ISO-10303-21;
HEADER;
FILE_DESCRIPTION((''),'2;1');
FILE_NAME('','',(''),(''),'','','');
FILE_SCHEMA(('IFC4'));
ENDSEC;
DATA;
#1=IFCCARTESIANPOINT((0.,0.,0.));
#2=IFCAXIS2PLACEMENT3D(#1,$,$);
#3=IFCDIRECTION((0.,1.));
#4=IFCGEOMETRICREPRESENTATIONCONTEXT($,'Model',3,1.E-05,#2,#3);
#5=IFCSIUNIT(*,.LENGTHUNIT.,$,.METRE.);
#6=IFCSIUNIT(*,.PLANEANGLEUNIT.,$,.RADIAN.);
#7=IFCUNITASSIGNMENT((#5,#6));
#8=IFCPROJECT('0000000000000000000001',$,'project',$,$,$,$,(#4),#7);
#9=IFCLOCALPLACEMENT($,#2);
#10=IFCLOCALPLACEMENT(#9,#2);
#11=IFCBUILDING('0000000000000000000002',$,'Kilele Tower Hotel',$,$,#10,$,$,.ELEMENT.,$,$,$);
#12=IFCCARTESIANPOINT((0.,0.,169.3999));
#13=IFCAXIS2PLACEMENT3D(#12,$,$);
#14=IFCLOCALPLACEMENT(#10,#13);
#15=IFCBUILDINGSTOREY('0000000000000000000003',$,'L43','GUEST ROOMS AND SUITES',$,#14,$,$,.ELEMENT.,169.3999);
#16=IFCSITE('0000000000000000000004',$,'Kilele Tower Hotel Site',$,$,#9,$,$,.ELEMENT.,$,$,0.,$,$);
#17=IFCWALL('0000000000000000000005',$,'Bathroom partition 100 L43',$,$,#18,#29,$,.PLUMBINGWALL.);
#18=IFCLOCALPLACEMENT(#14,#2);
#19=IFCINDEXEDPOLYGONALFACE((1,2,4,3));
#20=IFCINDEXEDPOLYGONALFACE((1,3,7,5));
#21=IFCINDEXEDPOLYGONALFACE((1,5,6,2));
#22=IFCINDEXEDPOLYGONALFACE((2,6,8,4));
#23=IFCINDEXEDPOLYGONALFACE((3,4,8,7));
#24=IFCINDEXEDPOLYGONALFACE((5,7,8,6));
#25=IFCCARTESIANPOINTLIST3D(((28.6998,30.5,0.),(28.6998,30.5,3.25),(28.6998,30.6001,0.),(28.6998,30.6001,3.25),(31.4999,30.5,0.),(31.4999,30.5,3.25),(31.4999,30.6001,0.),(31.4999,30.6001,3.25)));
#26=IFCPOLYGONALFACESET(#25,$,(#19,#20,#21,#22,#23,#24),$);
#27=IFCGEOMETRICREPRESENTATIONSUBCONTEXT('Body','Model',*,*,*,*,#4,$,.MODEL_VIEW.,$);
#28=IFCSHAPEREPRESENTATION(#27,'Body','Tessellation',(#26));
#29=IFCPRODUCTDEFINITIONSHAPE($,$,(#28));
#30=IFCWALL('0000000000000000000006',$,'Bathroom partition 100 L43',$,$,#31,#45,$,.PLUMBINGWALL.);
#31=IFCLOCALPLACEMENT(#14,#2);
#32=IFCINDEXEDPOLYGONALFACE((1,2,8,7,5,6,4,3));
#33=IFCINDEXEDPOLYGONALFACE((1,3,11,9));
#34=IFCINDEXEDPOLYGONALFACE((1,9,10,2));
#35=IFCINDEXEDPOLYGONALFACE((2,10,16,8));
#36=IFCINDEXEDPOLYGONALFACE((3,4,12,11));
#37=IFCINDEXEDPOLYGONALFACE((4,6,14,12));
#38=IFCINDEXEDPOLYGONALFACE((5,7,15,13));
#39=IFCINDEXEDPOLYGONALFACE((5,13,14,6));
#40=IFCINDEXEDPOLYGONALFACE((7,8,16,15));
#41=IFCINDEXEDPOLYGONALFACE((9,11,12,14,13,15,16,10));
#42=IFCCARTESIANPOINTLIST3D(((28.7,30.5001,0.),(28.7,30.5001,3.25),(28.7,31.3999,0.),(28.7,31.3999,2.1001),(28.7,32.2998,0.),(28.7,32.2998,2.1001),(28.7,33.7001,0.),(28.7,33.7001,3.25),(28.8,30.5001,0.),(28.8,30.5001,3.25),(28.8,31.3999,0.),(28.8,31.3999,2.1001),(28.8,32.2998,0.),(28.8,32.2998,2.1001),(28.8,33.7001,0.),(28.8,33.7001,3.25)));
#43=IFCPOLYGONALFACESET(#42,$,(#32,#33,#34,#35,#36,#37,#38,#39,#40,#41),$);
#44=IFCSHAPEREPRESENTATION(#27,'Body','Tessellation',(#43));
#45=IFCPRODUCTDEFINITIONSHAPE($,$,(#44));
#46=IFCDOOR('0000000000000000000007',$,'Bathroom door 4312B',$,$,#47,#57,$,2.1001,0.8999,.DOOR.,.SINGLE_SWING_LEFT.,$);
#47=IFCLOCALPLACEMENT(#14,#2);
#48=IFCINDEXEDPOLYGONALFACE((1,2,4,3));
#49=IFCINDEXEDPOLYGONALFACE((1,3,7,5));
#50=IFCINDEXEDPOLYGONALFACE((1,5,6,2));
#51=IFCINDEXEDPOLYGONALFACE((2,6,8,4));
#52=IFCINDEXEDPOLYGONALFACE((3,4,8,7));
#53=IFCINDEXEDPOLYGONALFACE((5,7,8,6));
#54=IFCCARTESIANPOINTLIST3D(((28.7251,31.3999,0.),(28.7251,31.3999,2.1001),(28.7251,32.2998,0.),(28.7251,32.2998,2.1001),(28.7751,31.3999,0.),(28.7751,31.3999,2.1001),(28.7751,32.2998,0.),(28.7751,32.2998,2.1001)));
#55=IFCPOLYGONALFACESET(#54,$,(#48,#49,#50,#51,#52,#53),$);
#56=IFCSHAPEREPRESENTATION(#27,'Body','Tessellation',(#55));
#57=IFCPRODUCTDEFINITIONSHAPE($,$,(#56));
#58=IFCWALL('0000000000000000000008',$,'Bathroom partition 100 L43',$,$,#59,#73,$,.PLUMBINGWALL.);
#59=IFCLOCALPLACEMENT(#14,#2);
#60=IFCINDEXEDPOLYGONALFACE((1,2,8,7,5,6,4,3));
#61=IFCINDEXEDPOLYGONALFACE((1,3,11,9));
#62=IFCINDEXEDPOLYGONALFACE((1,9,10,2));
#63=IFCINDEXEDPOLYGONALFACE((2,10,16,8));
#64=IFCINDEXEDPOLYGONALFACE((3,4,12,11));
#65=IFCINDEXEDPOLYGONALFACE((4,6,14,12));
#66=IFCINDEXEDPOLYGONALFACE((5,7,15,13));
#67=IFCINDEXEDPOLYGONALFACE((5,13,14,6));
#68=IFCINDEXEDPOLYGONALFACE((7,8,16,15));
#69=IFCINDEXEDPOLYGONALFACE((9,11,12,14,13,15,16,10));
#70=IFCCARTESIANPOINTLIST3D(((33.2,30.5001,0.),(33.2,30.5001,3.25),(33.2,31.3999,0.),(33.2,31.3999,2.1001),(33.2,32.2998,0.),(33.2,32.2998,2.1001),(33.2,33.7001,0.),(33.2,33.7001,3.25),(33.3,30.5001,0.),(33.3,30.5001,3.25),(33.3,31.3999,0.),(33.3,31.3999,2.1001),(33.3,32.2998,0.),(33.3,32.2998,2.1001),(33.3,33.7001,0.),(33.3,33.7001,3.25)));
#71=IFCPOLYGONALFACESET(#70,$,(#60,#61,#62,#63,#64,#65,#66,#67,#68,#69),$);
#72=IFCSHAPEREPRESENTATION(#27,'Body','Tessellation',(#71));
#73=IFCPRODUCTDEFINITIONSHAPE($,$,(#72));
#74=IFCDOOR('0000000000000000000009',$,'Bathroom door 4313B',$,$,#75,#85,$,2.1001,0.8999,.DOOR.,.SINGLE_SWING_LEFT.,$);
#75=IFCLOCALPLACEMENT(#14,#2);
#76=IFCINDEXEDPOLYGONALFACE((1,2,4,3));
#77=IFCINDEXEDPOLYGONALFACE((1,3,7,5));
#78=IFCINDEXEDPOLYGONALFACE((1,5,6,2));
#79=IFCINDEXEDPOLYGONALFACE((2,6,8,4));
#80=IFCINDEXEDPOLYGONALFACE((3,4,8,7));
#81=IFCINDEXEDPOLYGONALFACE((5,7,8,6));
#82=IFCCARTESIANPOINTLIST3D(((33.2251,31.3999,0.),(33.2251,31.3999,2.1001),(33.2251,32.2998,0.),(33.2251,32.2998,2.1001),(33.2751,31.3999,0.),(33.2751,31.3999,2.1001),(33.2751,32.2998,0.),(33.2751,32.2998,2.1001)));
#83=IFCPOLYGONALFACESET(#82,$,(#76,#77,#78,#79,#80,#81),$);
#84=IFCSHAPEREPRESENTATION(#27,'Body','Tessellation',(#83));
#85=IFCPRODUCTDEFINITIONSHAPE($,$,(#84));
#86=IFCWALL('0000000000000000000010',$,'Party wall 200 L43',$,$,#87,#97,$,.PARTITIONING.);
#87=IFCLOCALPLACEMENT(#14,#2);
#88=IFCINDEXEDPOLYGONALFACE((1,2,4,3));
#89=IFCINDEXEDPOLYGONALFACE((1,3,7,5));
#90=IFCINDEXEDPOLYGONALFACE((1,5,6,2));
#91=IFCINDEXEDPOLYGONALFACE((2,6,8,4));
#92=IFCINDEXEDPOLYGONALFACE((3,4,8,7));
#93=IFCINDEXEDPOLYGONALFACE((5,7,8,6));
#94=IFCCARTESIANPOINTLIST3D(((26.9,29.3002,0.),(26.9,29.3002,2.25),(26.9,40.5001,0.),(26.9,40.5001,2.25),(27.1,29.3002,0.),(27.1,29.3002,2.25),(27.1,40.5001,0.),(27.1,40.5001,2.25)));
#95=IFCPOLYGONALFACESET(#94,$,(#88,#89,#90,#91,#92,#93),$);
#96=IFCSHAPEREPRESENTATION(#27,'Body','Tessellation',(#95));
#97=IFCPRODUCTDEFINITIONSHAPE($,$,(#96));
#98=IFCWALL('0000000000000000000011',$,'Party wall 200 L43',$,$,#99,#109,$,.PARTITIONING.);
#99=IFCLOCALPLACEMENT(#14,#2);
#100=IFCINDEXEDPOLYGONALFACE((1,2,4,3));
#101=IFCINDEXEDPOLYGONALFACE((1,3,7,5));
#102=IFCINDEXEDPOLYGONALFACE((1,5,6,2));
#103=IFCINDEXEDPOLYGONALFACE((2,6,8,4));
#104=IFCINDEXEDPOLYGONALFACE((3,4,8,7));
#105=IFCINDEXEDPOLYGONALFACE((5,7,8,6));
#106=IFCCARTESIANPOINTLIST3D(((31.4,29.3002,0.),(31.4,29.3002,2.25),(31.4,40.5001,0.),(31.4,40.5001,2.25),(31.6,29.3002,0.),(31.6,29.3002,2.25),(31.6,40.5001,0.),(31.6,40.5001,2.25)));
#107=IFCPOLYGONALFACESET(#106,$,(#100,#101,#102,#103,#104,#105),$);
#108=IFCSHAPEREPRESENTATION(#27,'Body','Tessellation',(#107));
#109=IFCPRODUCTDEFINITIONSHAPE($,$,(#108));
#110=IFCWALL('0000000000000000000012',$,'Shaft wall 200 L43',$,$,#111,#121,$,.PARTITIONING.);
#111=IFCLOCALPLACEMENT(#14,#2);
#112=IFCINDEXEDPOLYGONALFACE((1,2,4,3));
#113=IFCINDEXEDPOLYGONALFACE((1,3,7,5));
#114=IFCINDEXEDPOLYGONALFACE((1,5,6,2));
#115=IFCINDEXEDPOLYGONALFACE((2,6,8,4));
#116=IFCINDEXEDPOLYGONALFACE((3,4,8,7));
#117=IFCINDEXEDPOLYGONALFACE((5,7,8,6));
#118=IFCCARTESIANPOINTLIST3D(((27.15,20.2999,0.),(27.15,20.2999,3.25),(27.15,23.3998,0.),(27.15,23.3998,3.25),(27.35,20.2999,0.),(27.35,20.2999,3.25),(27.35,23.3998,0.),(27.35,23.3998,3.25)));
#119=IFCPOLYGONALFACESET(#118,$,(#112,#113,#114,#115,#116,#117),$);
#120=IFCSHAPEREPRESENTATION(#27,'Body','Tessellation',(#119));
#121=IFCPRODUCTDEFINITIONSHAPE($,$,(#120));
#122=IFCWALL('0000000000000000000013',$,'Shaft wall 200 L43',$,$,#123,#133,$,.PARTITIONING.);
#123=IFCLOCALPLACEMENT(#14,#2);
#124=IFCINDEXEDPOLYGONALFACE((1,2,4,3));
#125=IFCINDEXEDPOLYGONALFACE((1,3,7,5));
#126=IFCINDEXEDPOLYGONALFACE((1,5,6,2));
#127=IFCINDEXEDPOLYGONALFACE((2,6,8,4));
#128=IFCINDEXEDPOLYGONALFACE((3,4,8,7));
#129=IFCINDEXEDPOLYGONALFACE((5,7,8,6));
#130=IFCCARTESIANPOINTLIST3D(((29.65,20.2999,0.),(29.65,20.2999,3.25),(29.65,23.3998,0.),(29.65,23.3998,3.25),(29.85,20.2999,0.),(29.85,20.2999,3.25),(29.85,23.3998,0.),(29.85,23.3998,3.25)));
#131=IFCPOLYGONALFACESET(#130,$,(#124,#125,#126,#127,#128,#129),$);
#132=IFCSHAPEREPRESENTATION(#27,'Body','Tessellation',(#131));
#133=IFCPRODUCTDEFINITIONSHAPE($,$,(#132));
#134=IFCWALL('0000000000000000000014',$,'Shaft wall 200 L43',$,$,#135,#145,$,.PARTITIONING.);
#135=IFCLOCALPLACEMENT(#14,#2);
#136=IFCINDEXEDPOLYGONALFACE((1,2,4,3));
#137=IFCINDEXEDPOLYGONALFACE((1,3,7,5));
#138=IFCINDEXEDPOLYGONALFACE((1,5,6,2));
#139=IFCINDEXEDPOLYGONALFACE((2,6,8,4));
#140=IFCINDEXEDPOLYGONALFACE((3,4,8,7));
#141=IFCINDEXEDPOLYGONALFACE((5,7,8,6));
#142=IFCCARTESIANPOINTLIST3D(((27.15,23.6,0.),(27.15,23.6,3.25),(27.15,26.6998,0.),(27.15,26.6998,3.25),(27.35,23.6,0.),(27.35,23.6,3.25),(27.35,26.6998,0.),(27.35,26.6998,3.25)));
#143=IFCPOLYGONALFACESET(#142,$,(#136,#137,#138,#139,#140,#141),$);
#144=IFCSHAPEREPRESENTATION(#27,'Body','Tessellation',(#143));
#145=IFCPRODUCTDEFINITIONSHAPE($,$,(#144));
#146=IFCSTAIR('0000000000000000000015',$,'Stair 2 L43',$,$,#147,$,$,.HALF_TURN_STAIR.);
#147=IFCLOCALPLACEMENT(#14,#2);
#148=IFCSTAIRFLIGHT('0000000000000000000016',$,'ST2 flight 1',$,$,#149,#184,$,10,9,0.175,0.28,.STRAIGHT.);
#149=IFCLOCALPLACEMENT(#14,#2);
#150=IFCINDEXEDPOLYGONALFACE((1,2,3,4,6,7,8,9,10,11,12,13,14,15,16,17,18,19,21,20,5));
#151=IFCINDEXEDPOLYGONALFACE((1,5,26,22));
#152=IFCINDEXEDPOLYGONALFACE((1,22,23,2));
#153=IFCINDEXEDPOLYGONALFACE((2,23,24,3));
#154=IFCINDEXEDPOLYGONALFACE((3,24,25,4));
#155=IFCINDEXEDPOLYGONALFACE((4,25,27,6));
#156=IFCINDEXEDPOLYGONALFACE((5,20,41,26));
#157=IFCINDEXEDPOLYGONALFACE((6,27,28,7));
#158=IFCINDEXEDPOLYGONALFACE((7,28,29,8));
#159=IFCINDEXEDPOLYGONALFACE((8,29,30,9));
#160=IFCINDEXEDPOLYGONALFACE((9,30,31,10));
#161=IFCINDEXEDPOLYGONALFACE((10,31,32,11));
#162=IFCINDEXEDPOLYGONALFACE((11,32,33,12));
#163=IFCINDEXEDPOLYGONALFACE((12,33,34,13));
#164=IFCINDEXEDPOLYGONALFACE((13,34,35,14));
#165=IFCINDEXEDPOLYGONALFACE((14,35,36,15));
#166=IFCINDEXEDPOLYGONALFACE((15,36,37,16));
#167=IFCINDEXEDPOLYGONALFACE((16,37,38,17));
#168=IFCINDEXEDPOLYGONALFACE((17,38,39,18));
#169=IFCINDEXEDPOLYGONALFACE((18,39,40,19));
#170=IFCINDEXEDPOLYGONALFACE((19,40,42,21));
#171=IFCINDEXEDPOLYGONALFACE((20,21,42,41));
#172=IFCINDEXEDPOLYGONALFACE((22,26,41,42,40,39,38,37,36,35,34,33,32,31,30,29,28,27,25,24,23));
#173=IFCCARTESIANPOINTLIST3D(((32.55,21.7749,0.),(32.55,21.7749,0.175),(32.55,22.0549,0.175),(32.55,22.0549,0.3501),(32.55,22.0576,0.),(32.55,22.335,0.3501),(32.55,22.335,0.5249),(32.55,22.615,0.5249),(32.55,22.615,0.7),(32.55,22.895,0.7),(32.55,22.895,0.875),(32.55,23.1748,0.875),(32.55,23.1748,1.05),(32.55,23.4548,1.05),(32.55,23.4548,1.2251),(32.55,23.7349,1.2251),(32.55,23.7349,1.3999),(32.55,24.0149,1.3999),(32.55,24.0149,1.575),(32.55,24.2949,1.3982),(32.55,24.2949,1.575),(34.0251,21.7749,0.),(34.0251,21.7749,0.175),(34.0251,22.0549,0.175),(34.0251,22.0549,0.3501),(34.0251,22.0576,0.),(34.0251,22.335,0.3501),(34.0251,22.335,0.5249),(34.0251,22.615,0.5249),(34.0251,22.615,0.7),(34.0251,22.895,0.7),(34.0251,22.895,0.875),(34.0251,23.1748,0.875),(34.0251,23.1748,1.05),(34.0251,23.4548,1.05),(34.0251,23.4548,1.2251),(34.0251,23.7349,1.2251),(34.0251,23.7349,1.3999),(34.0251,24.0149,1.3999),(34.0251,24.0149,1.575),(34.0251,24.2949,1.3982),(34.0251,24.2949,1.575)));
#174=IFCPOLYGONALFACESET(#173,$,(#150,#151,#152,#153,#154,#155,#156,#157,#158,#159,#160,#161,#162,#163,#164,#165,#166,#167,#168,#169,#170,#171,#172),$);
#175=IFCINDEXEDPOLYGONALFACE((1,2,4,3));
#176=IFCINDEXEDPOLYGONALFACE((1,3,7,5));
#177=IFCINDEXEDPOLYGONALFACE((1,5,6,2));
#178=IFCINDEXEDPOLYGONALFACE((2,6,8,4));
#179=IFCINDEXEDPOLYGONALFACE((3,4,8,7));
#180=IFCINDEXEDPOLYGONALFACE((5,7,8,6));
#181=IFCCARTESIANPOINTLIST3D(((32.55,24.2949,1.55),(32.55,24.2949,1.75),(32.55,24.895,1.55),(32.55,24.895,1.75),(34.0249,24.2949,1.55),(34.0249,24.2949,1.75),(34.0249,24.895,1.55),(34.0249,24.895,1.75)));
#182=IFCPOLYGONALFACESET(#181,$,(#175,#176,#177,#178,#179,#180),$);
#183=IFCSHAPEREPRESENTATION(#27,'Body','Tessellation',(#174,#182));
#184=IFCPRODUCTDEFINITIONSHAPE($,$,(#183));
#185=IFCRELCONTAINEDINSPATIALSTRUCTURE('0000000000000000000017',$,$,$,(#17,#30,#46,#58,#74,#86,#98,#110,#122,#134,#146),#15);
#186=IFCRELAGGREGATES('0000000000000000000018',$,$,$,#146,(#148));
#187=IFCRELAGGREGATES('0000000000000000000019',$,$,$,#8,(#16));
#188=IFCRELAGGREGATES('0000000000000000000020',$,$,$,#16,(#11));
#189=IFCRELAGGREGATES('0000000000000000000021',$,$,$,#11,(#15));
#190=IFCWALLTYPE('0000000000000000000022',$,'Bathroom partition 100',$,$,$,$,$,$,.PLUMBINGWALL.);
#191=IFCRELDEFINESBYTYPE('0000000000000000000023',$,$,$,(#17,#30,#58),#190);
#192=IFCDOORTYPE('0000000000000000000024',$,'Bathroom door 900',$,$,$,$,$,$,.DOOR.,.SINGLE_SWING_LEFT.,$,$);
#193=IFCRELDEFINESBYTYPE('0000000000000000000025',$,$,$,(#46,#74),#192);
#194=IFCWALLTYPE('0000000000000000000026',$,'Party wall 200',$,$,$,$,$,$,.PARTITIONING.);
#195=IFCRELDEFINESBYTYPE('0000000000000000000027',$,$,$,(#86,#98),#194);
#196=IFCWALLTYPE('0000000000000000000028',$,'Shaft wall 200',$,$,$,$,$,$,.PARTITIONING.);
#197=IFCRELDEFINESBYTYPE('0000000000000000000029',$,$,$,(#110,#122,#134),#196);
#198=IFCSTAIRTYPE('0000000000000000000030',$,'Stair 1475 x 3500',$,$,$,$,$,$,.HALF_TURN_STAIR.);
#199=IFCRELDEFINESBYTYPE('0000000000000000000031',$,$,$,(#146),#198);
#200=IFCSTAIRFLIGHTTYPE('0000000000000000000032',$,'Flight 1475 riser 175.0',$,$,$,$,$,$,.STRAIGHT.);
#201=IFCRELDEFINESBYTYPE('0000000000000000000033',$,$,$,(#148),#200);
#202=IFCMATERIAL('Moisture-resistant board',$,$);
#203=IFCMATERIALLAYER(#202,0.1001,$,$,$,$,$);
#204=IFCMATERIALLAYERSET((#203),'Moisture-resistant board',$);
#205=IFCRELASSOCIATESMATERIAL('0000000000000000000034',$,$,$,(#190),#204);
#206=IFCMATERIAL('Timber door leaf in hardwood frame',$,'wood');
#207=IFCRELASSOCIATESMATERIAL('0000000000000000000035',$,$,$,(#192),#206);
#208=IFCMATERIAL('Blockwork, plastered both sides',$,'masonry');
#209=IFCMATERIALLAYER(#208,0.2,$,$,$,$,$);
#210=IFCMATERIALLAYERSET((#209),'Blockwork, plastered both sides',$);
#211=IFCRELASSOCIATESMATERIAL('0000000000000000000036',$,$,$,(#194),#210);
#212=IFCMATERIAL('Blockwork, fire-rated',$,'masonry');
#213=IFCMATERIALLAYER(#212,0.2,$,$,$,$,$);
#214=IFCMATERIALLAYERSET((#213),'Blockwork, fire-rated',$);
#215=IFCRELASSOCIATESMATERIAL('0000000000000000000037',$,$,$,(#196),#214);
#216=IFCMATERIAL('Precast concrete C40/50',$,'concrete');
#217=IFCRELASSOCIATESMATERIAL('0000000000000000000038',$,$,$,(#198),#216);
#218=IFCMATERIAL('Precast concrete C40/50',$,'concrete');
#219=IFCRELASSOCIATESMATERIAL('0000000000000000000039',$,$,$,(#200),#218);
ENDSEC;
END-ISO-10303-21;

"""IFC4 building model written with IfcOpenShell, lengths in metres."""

from ifc_helpers import new_model, si_unit, direction, frame, frame_2d, origin, place, context, subcontext, project, spatial, polyline, rectangle, outline, extrude, material, layer, layer_set, type_object, element, fill, aggregate, save


model = new_model("IFC4")

# Units and contexts
model_context = context("Model", 3, precision=1e-05, world=origin(), true_north=direction((0.0, 1.0)))
body_context = subcontext(model_context, "Body", "Model", "MODEL_VIEW")
ifc_project = project(units=[si_unit("LENGTHUNIT", "METRE"), si_unit("PLANEANGLEUNIT", "RADIAN")], contexts=[model_context])

# Site, building, storey
site_placement = place(None, origin())
site = spatial("IfcSite", under=ifc_project, at=site_placement, Name="Kilele Tower Hotel Site", CompositionType="ELEMENT", RefElevation=0.0)
building_placement = place(site_placement, origin())
building = spatial("IfcBuilding", under=site, at=building_placement, Name="Kilele Tower Hotel", CompositionType="ELEMENT")
storey_placement = place(building_placement, frame((0.0, 0.0, 169.3999)))
storey = spatial("IfcBuildingStorey", under=building, at=storey_placement, Name="L43", Description="GUEST ROOMS AND SUITES", CompositionType="ELEMENT", Elevation=169.3999)

# Wall
ifc_material_1 = material(Name="Moisture-resistant board")
ifc_layer_1 = layer(ifc_material_1, 0.1001)
ifc_layer_set_1 = layer_set([ifc_layer_1], Name="Moisture-resistant board")
wall_type_1 = type_object("IfcWallType", Name="Bathroom partition 100", PredefinedType="PLUMBINGWALL", material=ifc_layer_set_1)
wall_1_placement = place(storey_placement, frame((28.7, 30.55, 0.0), z_axis=(0.0, 0.0, 1.0), x_axis=(1.0, 0.0, 0.0)))
element("IfcWall", 1, at=wall_1_placement, inside=storey, type_object=wall_type_1, Name="Bathroom partition 100 L43", PredefinedType="PLUMBINGWALL", context=body_context, shape_type="SweptSolid", body=[
    extrude(rectangle(XDim=2.8, YDim=0.1001, at=frame_2d((1.3999, 0.0))), origin(), (0.0, 0.0, 1.0), 3.25),
])

# Walls, openings, doors
wall_2_placement = place(storey_placement, frame((28.75, 30.5, 0.0), z_axis=(0.0, 0.0, 1.0), x_axis=(0.0, 1.0, 0.0)))
wall_2 = element("IfcWall", 2, at=wall_2_placement, inside=storey, type_object=wall_type_1, Name="Bathroom partition 100 L43", PredefinedType="PLUMBINGWALL", context=body_context, shape_type="SweptSolid", body=[
    extrude(rectangle(XDim=3.2, YDim=0.1001, at=frame_2d((1.6001, 0.0))), origin(), (0.0, 0.0, 1.0), 3.25),
])
opening_1_placement = place(wall_2_placement, frame((0.8999, 0.0, 0.0)))
opening_1 = element("IfcOpeningElement", 3, at=opening_1_placement, cuts=wall_2, PredefinedType="OPENING", context=body_context, shape_type="SweptSolid", body=[
    extrude(rectangle(XDim=0.8999, YDim=2.1001, at=frame_2d((0.45, 1.05))), frame((0.0, 0.0601, 0.0), z_axis=(0.0, -1.0, 0.0), x_axis=(1.0, 0.0, 0.0)), (0.0, 0.0, 1.0), 0.1201),
])
ifc_material_2 = material(Name="Timber door leaf in hardwood frame", Category="wood")
door_type = type_object("IfcDoorType", Name="Bathroom door 900", OperationType="SINGLE_SWING_LEFT", PredefinedType="DOOR", material=ifc_material_2)
door_1_placement = place(opening_1_placement, origin())
door_1 = element("IfcDoor", 4, at=door_1_placement, inside=storey, type_object=door_type, Name="Bathroom door 4312B", OperationType="SINGLE_SWING_LEFT", OverallHeight=2.1001, OverallWidth=0.8999, PredefinedType="DOOR", context=body_context, shape_type="SweptSolid", body=[
    extrude(rectangle(XDim=0.8999, YDim=2.1001, at=frame_2d((0.45, 1.05))), frame((0.0, 0.0249, 0.0), z_axis=(0.0, -1.0, 0.0), x_axis=(1.0, 0.0, 0.0)), (0.0, 0.0, 1.0), 0.05),
])
fill(opening_1, door_1)
wall_3_placement = place(storey_placement, frame((33.25, 30.5, 0.0), z_axis=(0.0, 0.0, 1.0), x_axis=(0.0, 1.0, 0.0)))
wall_3 = element("IfcWall", 5, at=wall_3_placement, inside=storey, type_object=wall_type_1, Name="Bathroom partition 100 L43", PredefinedType="PLUMBINGWALL", context=body_context, shape_type="SweptSolid", body=[
    extrude(rectangle(XDim=3.2, YDim=0.1001, at=frame_2d((1.6001, 0.0))), origin(), (0.0, 0.0, 1.0), 3.25),
])
opening_2_placement = place(wall_3_placement, frame((0.8999, 0.0, 0.0)))
opening_2 = element("IfcOpeningElement", 6, at=opening_2_placement, cuts=wall_3, PredefinedType="OPENING", context=body_context, shape_type="SweptSolid", body=[
    extrude(rectangle(XDim=0.8999, YDim=2.1001, at=frame_2d((0.45, 1.05))), frame((0.0, 0.0601, 0.0), z_axis=(0.0, -1.0, 0.0), x_axis=(1.0, 0.0, 0.0)), (0.0, 0.0, 1.0), 0.1201),
])
door_2_placement = place(opening_2_placement, origin())
door_2 = element("IfcDoor", 7, at=door_2_placement, inside=storey, type_object=door_type, Name="Bathroom door 4313B", OperationType="SINGLE_SWING_LEFT", OverallHeight=2.1001, OverallWidth=0.8999, PredefinedType="DOOR", context=body_context, shape_type="SweptSolid", body=[
    extrude(rectangle(XDim=0.8999, YDim=2.1001, at=frame_2d((0.45, 1.05))), frame((0.0, 0.0249, 0.0), z_axis=(0.0, -1.0, 0.0), x_axis=(1.0, 0.0, 0.0)), (0.0, 0.0, 1.0), 0.05),
])
fill(opening_2, door_2)

# Walls
ifc_material_3 = material(Name="Blockwork, plastered both sides", Category="masonry")
ifc_layer_2 = layer(ifc_material_3, 0.2)
ifc_layer_set_2 = layer_set([ifc_layer_2], Name="Blockwork, plastered both sides")
wall_type_2 = type_object("IfcWallType", Name="Party wall 200", PredefinedType="PARTITIONING", material=ifc_layer_set_2)
for number, where, z_axis, x_axis, name in (
    (8, (27.0, 29.3, 0.0), (0.0, 0.0, 1.0), (0.0, 1.0, 0.0), "Party wall 200 L43"),
    (9, (31.5, 29.3, 0.0), (0.0, 0.0, 1.0), (0.0, 1.0, 0.0), "Party wall 200 L43"),
):
    element("IfcWall", number, at=place(storey_placement, frame(where, z_axis=z_axis, x_axis=x_axis)), inside=storey, type_object=wall_type_2, Name=name, PredefinedType="PARTITIONING", context=body_context, shape_type="SweptSolid", body=[
        extrude(rectangle(XDim=11.2, YDim=0.2, at=frame_2d((5.6001, 0.0))), origin(), (0.0, 0.0, 1.0), 2.25),
    ])
ifc_material_4 = material(Name="Blockwork, fire-rated", Category="masonry")
ifc_layer_3 = layer(ifc_material_4, 0.2)
ifc_layer_set_3 = layer_set([ifc_layer_3], Name="Blockwork, fire-rated")
wall_type_3 = type_object("IfcWallType", Name="Shaft wall 200", PredefinedType="PARTITIONING", material=ifc_layer_set_3)
for number, where, z_axis, x_axis, name in (
    (10, (27.25, 20.3, 0.0), (0.0, 0.0, 1.0), (0.0, 1.0, 0.0), "Shaft wall 200 L43"),
    (11, (29.75, 20.3, 0.0), (0.0, 0.0, 1.0), (0.0, 1.0, 0.0), "Shaft wall 200 L43"),
    (12, (27.25, 23.6001, 0.0), (0.0, 0.0, 1.0), (0.0, 1.0, 0.0), "Shaft wall 200 L43"),
):
    element("IfcWall", number, at=place(storey_placement, frame(where, z_axis=z_axis, x_axis=x_axis)), inside=storey, type_object=wall_type_3, Name=name, PredefinedType="PARTITIONING", context=body_context, shape_type="SweptSolid", body=[
        extrude(rectangle(XDim=3.0999, YDim=0.2, at=frame_2d((1.5498, 0.0))), origin(), (0.0, 0.0, 1.0), 3.25),
    ])

# Stair, stair flight
ifc_material_5 = material(Name="Precast concrete C40/50", Category="concrete")
stair_type = type_object("IfcStairType", Name="Stair 1475 x 3500", PredefinedType="HALF_TURN_STAIR", material=ifc_material_5)
stair_placement = place(storey_placement, origin())
stair = element("IfcStair", 13, at=stair_placement, inside=storey, type_object=stair_type, Name="Stair 2 L43", PredefinedType="HALF_TURN_STAIR")
ifc_material_6 = material(Name="Precast concrete C40/50", Category="concrete")
stair_flight_type = type_object("IfcStairFlightType", Name="Flight 1475 riser 175.0", PredefinedType="STRAIGHT", material=ifc_material_6)
stair_flight_1_placement = place(storey_placement, frame((33.2876, 21.7749, 0.0), z_axis=(0.0, 0.0, 1.0), x_axis=(0.0, 1.0, 0.0)))
stair_flight_1 = element("IfcStairFlight", 14, at=stair_flight_1_placement, type_object=stair_flight_type, Name="ST2 flight 1", NumberOfRisers=10, NumberOfTreads=9, PredefinedType="STRAIGHT", RiserHeight=0.175, TreadLength=0.28, context=body_context, shape_type="SweptSolid", body=[
    extrude(outline(polyline([(0.0, 0.0), (0.0, 0.175), (0.28, 0.175), (0.28, 0.3501), (0.5601, 0.3501), (0.5601, 0.5249), (0.8401, 0.5249), (0.8401, 0.7), (1.1201, 0.7), (1.1201, 0.875), (1.3999, 0.875), (1.3999, 1.05), (1.6799, 1.05), (1.6799, 1.2251), (1.96, 1.2251), (1.96, 1.3999), (2.24, 1.3999), (2.24, 1.575), (2.52, 1.575), (2.52, 1.75), (2.52, 1.3982), (0.2827, 0.0), (0.0, 0.0)])), frame((0.0, 0.7375, 0.0), z_axis=(0.0, -1.0, 0.0), x_axis=(1.0, 0.0, 0.0)), (0.0, 0.0, 1.0), 1.4751),
    extrude(outline(polyline([(2.52, 0.7375), (2.52, -0.7373), (3.1201, -0.7373), (3.1201, 0.7375), (2.52, 0.7375)])), frame((0.0, 0.0, 1.55)), (0.0, 0.0, 1.0), 0.2),
])
aggregate(stair, [stair_flight_1])

save(model, "model.ifc")
